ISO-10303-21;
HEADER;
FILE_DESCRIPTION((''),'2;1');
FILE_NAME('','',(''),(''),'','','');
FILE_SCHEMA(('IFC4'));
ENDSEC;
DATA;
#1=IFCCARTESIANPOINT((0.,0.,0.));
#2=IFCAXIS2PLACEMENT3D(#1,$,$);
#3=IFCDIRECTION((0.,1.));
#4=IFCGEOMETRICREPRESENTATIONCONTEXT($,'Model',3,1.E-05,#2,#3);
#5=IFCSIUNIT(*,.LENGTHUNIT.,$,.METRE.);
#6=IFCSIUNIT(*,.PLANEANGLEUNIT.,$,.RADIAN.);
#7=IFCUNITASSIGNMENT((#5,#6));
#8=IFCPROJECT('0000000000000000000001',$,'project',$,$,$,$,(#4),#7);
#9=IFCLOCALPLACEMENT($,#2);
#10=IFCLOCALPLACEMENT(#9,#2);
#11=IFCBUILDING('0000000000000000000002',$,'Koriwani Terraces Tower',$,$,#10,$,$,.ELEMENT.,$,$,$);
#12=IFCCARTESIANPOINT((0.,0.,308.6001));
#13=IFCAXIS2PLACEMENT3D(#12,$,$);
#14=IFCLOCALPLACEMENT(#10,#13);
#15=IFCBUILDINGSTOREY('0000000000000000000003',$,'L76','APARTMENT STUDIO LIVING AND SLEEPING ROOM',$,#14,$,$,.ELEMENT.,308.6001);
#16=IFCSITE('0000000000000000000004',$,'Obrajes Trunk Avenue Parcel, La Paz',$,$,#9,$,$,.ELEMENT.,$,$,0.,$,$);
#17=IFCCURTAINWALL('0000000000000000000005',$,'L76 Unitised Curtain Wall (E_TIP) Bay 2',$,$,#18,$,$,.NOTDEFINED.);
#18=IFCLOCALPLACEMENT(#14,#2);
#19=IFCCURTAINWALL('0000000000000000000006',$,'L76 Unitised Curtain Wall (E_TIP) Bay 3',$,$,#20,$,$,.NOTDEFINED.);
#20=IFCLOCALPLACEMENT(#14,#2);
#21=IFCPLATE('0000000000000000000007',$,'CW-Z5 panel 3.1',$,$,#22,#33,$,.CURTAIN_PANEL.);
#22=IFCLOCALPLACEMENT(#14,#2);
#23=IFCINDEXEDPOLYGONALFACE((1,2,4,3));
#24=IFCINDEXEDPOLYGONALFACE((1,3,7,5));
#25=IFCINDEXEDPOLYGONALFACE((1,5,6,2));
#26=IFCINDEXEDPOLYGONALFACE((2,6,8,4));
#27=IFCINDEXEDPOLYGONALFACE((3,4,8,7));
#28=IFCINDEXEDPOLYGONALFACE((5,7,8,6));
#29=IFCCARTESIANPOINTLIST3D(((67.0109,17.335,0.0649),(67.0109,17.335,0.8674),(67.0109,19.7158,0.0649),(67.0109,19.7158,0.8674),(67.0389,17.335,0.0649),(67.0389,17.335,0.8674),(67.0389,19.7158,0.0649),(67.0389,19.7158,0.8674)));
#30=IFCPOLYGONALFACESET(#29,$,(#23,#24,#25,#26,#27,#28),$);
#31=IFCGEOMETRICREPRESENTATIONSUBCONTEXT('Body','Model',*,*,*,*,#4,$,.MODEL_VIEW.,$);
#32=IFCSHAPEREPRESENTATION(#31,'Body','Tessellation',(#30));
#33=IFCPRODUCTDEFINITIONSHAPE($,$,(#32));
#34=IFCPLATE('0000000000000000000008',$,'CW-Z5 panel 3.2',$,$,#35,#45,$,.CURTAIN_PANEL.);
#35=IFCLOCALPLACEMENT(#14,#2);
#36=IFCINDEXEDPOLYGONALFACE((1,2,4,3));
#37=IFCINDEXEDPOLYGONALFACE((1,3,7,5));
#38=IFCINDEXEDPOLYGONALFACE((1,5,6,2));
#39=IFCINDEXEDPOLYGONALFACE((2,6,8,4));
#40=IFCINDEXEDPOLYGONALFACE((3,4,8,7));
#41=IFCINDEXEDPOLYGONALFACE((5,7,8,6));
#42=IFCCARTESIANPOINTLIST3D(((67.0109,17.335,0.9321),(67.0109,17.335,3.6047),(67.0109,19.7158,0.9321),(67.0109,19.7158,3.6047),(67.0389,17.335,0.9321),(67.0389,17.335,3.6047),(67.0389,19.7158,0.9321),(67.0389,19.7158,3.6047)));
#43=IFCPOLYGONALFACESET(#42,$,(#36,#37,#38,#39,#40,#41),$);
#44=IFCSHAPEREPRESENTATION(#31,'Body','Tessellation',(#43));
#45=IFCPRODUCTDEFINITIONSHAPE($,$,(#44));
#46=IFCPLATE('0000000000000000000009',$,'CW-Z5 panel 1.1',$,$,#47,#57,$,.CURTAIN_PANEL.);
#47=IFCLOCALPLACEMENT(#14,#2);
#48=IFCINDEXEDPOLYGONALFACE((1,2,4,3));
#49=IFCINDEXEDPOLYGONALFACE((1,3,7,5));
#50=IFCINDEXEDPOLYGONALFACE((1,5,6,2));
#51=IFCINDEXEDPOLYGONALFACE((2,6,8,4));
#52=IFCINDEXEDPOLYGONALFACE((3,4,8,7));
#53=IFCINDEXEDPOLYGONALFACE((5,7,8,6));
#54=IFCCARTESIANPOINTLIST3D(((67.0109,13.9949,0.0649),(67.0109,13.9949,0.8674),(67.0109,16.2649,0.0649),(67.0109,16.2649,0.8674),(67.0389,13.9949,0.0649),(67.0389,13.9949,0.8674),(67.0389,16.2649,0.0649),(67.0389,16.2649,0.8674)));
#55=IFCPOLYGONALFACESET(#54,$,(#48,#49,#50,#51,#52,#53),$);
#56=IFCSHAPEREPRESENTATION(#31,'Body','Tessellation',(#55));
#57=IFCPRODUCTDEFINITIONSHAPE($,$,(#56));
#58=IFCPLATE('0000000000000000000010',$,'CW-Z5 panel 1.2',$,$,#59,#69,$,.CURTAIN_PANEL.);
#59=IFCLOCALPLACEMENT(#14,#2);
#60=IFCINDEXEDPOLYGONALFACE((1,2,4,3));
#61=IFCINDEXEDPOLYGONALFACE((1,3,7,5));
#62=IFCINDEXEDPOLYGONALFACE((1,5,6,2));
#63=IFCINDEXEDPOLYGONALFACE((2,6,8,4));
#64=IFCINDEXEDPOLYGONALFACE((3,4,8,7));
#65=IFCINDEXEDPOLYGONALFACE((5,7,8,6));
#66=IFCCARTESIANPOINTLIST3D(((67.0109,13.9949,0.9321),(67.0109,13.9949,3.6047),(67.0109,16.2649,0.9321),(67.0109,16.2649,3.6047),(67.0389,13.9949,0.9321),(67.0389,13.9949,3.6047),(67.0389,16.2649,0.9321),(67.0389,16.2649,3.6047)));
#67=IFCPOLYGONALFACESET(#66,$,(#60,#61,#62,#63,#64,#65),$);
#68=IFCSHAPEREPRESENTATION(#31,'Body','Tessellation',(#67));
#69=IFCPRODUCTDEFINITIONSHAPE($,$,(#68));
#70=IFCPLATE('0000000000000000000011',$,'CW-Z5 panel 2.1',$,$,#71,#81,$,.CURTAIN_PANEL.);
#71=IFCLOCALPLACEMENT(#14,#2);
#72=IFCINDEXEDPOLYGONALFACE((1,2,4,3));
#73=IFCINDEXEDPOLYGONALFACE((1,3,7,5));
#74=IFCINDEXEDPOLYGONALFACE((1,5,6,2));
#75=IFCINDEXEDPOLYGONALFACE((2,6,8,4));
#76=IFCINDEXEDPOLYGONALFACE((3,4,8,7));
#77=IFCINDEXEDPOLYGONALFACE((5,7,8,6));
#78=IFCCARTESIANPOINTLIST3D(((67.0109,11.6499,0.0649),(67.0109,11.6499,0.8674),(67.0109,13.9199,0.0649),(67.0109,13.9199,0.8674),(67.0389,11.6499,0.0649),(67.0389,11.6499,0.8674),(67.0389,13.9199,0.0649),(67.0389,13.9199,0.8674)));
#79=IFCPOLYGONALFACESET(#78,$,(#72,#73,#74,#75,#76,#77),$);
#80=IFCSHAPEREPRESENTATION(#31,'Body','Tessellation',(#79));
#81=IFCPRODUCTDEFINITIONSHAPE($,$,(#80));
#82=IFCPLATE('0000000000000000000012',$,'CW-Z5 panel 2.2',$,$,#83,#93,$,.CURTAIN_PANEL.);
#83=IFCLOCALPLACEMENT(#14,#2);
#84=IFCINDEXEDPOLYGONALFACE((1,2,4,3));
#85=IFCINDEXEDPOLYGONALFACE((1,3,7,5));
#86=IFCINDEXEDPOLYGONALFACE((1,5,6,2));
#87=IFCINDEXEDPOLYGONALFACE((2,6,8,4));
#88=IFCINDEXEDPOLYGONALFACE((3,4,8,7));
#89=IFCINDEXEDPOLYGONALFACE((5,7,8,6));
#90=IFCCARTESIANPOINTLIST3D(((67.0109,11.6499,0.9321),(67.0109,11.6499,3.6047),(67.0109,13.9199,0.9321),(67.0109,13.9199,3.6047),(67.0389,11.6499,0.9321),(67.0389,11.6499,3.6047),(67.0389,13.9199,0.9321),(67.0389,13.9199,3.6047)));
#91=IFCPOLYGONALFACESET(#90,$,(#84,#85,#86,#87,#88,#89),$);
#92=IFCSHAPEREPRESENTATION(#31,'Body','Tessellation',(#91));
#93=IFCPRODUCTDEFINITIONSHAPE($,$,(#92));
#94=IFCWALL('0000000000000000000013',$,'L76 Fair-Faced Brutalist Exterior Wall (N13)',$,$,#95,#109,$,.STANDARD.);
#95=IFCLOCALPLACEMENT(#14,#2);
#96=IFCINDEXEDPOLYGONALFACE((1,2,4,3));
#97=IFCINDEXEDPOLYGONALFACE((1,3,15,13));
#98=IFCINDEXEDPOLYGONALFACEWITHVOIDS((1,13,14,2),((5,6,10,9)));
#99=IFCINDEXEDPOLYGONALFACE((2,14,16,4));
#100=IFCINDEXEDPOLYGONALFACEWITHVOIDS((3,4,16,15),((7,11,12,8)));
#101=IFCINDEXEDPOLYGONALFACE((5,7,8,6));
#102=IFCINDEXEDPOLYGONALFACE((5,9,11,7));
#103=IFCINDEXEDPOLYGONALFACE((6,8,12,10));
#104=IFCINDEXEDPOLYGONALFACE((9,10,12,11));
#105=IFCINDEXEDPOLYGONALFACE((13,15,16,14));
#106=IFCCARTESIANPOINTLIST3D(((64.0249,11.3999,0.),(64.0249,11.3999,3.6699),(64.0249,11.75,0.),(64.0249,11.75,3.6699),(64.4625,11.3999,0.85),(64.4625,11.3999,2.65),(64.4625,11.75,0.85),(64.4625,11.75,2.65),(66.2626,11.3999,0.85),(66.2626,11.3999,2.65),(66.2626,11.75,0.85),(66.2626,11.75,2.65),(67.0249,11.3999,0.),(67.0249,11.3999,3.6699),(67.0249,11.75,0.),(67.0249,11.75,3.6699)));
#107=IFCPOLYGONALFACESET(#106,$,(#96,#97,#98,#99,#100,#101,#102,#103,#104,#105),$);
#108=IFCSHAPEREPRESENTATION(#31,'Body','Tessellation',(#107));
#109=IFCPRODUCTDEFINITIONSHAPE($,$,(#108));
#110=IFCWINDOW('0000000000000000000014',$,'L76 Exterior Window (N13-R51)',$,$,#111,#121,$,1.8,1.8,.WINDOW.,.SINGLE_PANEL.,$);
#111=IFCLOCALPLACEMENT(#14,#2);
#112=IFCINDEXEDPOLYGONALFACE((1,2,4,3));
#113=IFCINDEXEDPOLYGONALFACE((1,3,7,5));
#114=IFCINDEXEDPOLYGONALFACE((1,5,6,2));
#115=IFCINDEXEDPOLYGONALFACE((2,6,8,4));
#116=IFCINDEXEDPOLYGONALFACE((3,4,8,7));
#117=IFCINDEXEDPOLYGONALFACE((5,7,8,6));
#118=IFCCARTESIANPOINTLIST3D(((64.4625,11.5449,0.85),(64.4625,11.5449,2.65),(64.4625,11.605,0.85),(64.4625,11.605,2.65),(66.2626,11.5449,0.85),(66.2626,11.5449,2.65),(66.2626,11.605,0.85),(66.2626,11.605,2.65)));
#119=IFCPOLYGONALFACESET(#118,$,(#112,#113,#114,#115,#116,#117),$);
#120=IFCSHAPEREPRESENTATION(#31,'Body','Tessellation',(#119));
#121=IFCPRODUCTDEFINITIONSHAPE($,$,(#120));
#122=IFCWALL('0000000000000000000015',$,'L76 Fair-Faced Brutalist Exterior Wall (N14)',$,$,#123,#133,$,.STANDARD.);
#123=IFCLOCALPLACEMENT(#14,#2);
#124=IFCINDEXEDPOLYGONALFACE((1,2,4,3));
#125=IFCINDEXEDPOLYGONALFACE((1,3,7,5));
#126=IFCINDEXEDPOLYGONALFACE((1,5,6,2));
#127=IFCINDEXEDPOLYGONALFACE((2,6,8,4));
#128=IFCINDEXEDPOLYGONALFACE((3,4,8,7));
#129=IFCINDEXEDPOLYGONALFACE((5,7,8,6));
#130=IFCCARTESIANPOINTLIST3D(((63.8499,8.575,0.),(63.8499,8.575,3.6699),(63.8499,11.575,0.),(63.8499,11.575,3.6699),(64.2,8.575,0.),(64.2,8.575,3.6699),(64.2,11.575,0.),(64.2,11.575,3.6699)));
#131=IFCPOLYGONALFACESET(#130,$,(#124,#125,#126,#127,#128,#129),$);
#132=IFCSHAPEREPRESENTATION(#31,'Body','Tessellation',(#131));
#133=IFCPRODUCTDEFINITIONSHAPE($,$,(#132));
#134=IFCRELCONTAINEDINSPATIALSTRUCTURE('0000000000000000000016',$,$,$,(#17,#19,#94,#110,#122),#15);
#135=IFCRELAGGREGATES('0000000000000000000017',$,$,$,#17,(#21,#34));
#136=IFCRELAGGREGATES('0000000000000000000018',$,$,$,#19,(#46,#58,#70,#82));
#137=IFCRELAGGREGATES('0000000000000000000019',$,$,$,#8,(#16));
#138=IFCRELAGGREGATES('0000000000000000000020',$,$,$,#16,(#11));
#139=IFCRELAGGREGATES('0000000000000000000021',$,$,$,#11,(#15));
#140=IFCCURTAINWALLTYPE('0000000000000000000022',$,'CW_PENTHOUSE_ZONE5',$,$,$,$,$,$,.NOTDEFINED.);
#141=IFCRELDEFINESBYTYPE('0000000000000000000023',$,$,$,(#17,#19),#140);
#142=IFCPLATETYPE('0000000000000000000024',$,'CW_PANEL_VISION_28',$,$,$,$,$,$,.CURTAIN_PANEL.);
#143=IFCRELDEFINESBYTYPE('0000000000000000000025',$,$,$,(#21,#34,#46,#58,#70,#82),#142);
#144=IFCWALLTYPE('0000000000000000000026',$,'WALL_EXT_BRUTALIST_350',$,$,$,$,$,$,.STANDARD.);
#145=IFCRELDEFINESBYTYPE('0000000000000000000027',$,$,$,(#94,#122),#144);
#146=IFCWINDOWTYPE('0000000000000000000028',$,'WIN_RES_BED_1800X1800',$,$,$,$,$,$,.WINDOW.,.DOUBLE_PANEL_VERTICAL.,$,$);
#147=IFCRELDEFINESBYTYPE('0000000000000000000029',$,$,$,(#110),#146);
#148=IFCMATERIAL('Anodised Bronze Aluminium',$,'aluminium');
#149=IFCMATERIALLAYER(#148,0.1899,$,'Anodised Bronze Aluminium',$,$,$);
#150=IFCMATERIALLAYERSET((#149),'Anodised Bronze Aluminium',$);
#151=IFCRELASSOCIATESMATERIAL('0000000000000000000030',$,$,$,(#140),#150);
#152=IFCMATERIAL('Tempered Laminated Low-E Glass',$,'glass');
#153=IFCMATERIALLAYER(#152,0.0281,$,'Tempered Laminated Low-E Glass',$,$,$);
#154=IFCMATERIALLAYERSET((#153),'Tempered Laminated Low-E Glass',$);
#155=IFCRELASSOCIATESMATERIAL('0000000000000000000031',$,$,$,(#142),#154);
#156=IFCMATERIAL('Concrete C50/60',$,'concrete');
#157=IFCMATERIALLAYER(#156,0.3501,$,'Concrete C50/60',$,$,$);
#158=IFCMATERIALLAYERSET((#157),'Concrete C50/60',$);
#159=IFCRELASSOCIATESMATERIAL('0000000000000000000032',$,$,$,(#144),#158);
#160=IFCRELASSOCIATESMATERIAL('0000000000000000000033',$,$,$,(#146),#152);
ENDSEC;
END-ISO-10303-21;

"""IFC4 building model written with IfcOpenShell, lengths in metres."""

from ifc_helpers import new_model, si_unit, direction, frame, frame_2d, origin, origin_2d, place, context, subcontext, project, spatial, rectangle, extrude, material, layer, layer_set, type_object, element, fill, aggregate, save


model = new_model("IFC4")

# Units and contexts
model_context = context("Model", 3, precision=1e-05, world=origin(), true_north=direction((0.0, 1.0)))
body_context = subcontext(model_context, "Body", "Model", "MODEL_VIEW")
ifc_project = project(units=[si_unit("LENGTHUNIT", "METRE"), si_unit("PLANEANGLEUNIT", "RADIAN")], contexts=[model_context])

# Site, building, storey
site_placement = place(None, origin())
site = spatial("IfcSite", under=ifc_project, at=site_placement, Name="Obrajes Trunk Avenue Parcel, La Paz", CompositionType="ELEMENT", RefElevation=0.0)
building_placement = place(site_placement, origin())
building = spatial("IfcBuilding", under=site, at=building_placement, Name="Koriwani Terraces Tower", CompositionType="ELEMENT")
storey_placement = place(building_placement, frame((0.0, 0.0, 308.6001)))
storey = spatial("IfcBuildingStorey", under=building, at=storey_placement, Name="L76", Description="APARTMENT STUDIO LIVING AND SLEEPING ROOM", CompositionType="ELEMENT", Elevation=308.6001)

# Shared definitions
ifc_material_1 = material(Name="Concrete C50/60", Category="concrete")

# Curtain wall
ifc_material_2 = material(Name="Anodised Bronze Aluminium", Category="aluminium")
ifc_layer_1 = layer(ifc_material_2, 0.1899, Name="Anodised Bronze Aluminium")
ifc_layer_set_1 = layer_set([ifc_layer_1], Name="Anodised Bronze Aluminium")
curtain_wall_type = type_object("IfcCurtainWallType", Name="CW_PENTHOUSE_ZONE5", PredefinedType="NOTDEFINED", material=ifc_layer_set_1)
curtain_wall_1_placement = place(storey_placement, origin())
curtain_wall_1 = element("IfcCurtainWall", 1, at=curtain_wall_1_placement, inside=storey, type_object=curtain_wall_type, Name="L76 Unitised Curtain Wall (E_TIP) Bay 2", PredefinedType="NOTDEFINED")

# Curtain wall
curtain_wall_2_placement = place(storey_placement, origin())
curtain_wall_2 = element("IfcCurtainWall", 2, at=curtain_wall_2_placement, inside=storey, type_object=curtain_wall_type, Name="L76 Unitised Curtain Wall (E_TIP) Bay 3", PredefinedType="NOTDEFINED")

# Plates
ifc_material_3 = material(Name="Tempered Laminated Low-E Glass", Category="glass")
ifc_layer_2 = layer(ifc_material_3, 0.0281, Name="Tempered Laminated Low-E Glass")
ifc_layer_set_2 = layer_set([ifc_layer_2], Name="Tempered Laminated Low-E Glass")
plate_type = type_object("IfcPlateType", Name="CW_PANEL_VISION_28", PredefinedType="CURTAIN_PANEL", material=ifc_layer_set_2)
plate_1_placement = place(storey_placement, frame((67.0249, 18.5254, 0.0649), z_axis=(0.0, 0.0, 1.0), x_axis=(0.0, -1.0, 0.0)))
plate_1 = element("IfcPlate", 3, at=plate_1_placement, type_object=plate_type, Name="CW-Z5 panel 3.1", PredefinedType="CURTAIN_PANEL", context=body_context, shape_type="SweptSolid", body=[
    extrude(rectangle(XDim=2.3809, YDim=0.0281, at=origin_2d()), origin(), (0.0, 0.0, 1.0), 0.8025),
])
plate_2_placement = place(storey_placement, frame((67.0249, 18.5254, 0.9321), z_axis=(0.0, 0.0, 1.0), x_axis=(0.0, -1.0, 0.0)))
plate_2 = element("IfcPlate", 4, at=plate_2_placement, type_object=plate_type, Name="CW-Z5 panel 3.2", PredefinedType="CURTAIN_PANEL", context=body_context, shape_type="SweptSolid", body=[
    extrude(rectangle(XDim=2.3809, YDim=0.0281, at=origin_2d()), origin(), (0.0, 0.0, 1.0), 2.6726),
])
aggregate(curtain_wall_1, [plate_1, plate_2])
plate_3_placement = place(storey_placement, frame((67.0249, 15.1299, 0.0649), z_axis=(0.0, 0.0, 1.0), x_axis=(0.0, -1.0, 0.0)))
plate_3 = element("IfcPlate", 5, at=plate_3_placement, type_object=plate_type, Name="CW-Z5 panel 1.1", PredefinedType="CURTAIN_PANEL", context=body_context, shape_type="SweptSolid", body=[
    extrude(rectangle(XDim=2.27, YDim=0.0281, at=origin_2d()), origin(), (0.0, 0.0, 1.0), 0.8025),
])
plate_4_placement = place(storey_placement, frame((67.0249, 15.1299, 0.9321), z_axis=(0.0, 0.0, 1.0), x_axis=(0.0, -1.0, 0.0)))
plate_4 = element("IfcPlate", 6, at=plate_4_placement, type_object=plate_type, Name="CW-Z5 panel 1.2", PredefinedType="CURTAIN_PANEL", context=body_context, shape_type="SweptSolid", body=[
    extrude(rectangle(XDim=2.27, YDim=0.0281, at=origin_2d()), origin(), (0.0, 0.0, 1.0), 2.6726),
])
plate_5_placement = place(storey_placement, frame((67.0249, 12.7849, 0.0649), z_axis=(0.0, 0.0, 1.0), x_axis=(0.0, -1.0, 0.0)))
plate_5 = element("IfcPlate", 7, at=plate_5_placement, type_object=plate_type, Name="CW-Z5 panel 2.1", PredefinedType="CURTAIN_PANEL", context=body_context, shape_type="SweptSolid", body=[
    extrude(rectangle(XDim=2.27, YDim=0.0281, at=origin_2d()), origin(), (0.0, 0.0, 1.0), 0.8025),
])
plate_6_placement = place(storey_placement, frame((67.0249, 12.7849, 0.9321), z_axis=(0.0, 0.0, 1.0), x_axis=(0.0, -1.0, 0.0)))
plate_6 = element("IfcPlate", 8, at=plate_6_placement, type_object=plate_type, Name="CW-Z5 panel 2.2", PredefinedType="CURTAIN_PANEL", context=body_context, shape_type="SweptSolid", body=[
    extrude(rectangle(XDim=2.27, YDim=0.0281, at=origin_2d()), origin(), (0.0, 0.0, 1.0), 2.6726),
])
aggregate(curtain_wall_2, [plate_3, plate_4, plate_5, plate_6])

# Wall, opening, window
ifc_layer_3 = layer(ifc_material_1, 0.3501, Name="Concrete C50/60")
ifc_layer_set_3 = layer_set([ifc_layer_3], Name="Concrete C50/60")
wall_type = type_object("IfcWallType", Name="WALL_EXT_BRUTALIST_350", PredefinedType="STANDARD", material=ifc_layer_set_3)
wall_1_placement = place(storey_placement, frame((67.0249, 11.575, 0.0), z_axis=(0.0, 0.0, 1.0), x_axis=(-1.0, 0.0, 0.0)))
wall_1 = element("IfcWall", 9, at=wall_1_placement, inside=storey, type_object=wall_type, Name="L76 Fair-Faced Brutalist Exterior Wall (N13)", PredefinedType="STANDARD", context=body_context, shape_type="SweptSolid", body=[
    extrude(rectangle(XDim=3.0, YDim=0.3501, at=frame_2d((1.5, 0.0))), origin(), (0.0, 0.0, 1.0), 3.6699),
])
opening_1_placement = place(wall_1_placement, frame((0.7625, 0.0, 0.8501)))
opening_1 = element("IfcOpeningElement", 10, at=opening_1_placement, cuts=wall_1, PredefinedType="OPENING", context=body_context, shape_type="SweptSolid", body=[
    extrude(rectangle(XDim=1.8, YDim=1.8, at=frame_2d((0.8999, 0.8999))), frame((0.0, 0.1851, 0.0), z_axis=(0.0, -1.0, 0.0), x_axis=(1.0, 0.0, 0.0)), (0.0, 0.0, 1.0), 0.3701),
])
window_type_1 = type_object("IfcWindowType", Name="WIN_RES_BED_1800X1800", PartitioningType="DOUBLE_PANEL_VERTICAL", PredefinedType="WINDOW", material=ifc_material_3)
window_1_placement = place(opening_1_placement, origin())
window_1 = element("IfcWindow", 11, at=window_1_placement, inside=storey, type_object=window_type_1, Name="L76 Exterior Window (N13-R51)", OverallHeight=1.8, OverallWidth=1.8, PartitioningType="SINGLE_PANEL", PredefinedType="WINDOW", context=body_context, shape_type="SweptSolid", body=[
    extrude(rectangle(XDim=1.8, YDim=1.8, at=frame_2d((0.8999, 0.8999))), frame((0.0, 0.03, 0.0), z_axis=(0.0, -1.0, 0.0), x_axis=(1.0, 0.0, 0.0)), (0.0, 0.0, 1.0), 0.0601),
])
fill(opening_1, window_1)

# Wall
wall_2_placement = place(storey_placement, frame((64.0249, 11.575, 0.0), z_axis=(0.0, 0.0, 1.0), x_axis=(0.0, -1.0, 0.0)))
element("IfcWall", 12, at=wall_2_placement, inside=storey, type_object=wall_type, Name="L76 Fair-Faced Brutalist Exterior Wall (N14)", PredefinedType="STANDARD", context=body_context, shape_type="SweptSolid", body=[
    extrude(rectangle(XDim=3.0, YDim=0.3501, at=frame_2d((1.5, 0.0))), origin(), (0.0, 0.0, 1.0), 3.6699),
])

save(model, "model.ifc")
